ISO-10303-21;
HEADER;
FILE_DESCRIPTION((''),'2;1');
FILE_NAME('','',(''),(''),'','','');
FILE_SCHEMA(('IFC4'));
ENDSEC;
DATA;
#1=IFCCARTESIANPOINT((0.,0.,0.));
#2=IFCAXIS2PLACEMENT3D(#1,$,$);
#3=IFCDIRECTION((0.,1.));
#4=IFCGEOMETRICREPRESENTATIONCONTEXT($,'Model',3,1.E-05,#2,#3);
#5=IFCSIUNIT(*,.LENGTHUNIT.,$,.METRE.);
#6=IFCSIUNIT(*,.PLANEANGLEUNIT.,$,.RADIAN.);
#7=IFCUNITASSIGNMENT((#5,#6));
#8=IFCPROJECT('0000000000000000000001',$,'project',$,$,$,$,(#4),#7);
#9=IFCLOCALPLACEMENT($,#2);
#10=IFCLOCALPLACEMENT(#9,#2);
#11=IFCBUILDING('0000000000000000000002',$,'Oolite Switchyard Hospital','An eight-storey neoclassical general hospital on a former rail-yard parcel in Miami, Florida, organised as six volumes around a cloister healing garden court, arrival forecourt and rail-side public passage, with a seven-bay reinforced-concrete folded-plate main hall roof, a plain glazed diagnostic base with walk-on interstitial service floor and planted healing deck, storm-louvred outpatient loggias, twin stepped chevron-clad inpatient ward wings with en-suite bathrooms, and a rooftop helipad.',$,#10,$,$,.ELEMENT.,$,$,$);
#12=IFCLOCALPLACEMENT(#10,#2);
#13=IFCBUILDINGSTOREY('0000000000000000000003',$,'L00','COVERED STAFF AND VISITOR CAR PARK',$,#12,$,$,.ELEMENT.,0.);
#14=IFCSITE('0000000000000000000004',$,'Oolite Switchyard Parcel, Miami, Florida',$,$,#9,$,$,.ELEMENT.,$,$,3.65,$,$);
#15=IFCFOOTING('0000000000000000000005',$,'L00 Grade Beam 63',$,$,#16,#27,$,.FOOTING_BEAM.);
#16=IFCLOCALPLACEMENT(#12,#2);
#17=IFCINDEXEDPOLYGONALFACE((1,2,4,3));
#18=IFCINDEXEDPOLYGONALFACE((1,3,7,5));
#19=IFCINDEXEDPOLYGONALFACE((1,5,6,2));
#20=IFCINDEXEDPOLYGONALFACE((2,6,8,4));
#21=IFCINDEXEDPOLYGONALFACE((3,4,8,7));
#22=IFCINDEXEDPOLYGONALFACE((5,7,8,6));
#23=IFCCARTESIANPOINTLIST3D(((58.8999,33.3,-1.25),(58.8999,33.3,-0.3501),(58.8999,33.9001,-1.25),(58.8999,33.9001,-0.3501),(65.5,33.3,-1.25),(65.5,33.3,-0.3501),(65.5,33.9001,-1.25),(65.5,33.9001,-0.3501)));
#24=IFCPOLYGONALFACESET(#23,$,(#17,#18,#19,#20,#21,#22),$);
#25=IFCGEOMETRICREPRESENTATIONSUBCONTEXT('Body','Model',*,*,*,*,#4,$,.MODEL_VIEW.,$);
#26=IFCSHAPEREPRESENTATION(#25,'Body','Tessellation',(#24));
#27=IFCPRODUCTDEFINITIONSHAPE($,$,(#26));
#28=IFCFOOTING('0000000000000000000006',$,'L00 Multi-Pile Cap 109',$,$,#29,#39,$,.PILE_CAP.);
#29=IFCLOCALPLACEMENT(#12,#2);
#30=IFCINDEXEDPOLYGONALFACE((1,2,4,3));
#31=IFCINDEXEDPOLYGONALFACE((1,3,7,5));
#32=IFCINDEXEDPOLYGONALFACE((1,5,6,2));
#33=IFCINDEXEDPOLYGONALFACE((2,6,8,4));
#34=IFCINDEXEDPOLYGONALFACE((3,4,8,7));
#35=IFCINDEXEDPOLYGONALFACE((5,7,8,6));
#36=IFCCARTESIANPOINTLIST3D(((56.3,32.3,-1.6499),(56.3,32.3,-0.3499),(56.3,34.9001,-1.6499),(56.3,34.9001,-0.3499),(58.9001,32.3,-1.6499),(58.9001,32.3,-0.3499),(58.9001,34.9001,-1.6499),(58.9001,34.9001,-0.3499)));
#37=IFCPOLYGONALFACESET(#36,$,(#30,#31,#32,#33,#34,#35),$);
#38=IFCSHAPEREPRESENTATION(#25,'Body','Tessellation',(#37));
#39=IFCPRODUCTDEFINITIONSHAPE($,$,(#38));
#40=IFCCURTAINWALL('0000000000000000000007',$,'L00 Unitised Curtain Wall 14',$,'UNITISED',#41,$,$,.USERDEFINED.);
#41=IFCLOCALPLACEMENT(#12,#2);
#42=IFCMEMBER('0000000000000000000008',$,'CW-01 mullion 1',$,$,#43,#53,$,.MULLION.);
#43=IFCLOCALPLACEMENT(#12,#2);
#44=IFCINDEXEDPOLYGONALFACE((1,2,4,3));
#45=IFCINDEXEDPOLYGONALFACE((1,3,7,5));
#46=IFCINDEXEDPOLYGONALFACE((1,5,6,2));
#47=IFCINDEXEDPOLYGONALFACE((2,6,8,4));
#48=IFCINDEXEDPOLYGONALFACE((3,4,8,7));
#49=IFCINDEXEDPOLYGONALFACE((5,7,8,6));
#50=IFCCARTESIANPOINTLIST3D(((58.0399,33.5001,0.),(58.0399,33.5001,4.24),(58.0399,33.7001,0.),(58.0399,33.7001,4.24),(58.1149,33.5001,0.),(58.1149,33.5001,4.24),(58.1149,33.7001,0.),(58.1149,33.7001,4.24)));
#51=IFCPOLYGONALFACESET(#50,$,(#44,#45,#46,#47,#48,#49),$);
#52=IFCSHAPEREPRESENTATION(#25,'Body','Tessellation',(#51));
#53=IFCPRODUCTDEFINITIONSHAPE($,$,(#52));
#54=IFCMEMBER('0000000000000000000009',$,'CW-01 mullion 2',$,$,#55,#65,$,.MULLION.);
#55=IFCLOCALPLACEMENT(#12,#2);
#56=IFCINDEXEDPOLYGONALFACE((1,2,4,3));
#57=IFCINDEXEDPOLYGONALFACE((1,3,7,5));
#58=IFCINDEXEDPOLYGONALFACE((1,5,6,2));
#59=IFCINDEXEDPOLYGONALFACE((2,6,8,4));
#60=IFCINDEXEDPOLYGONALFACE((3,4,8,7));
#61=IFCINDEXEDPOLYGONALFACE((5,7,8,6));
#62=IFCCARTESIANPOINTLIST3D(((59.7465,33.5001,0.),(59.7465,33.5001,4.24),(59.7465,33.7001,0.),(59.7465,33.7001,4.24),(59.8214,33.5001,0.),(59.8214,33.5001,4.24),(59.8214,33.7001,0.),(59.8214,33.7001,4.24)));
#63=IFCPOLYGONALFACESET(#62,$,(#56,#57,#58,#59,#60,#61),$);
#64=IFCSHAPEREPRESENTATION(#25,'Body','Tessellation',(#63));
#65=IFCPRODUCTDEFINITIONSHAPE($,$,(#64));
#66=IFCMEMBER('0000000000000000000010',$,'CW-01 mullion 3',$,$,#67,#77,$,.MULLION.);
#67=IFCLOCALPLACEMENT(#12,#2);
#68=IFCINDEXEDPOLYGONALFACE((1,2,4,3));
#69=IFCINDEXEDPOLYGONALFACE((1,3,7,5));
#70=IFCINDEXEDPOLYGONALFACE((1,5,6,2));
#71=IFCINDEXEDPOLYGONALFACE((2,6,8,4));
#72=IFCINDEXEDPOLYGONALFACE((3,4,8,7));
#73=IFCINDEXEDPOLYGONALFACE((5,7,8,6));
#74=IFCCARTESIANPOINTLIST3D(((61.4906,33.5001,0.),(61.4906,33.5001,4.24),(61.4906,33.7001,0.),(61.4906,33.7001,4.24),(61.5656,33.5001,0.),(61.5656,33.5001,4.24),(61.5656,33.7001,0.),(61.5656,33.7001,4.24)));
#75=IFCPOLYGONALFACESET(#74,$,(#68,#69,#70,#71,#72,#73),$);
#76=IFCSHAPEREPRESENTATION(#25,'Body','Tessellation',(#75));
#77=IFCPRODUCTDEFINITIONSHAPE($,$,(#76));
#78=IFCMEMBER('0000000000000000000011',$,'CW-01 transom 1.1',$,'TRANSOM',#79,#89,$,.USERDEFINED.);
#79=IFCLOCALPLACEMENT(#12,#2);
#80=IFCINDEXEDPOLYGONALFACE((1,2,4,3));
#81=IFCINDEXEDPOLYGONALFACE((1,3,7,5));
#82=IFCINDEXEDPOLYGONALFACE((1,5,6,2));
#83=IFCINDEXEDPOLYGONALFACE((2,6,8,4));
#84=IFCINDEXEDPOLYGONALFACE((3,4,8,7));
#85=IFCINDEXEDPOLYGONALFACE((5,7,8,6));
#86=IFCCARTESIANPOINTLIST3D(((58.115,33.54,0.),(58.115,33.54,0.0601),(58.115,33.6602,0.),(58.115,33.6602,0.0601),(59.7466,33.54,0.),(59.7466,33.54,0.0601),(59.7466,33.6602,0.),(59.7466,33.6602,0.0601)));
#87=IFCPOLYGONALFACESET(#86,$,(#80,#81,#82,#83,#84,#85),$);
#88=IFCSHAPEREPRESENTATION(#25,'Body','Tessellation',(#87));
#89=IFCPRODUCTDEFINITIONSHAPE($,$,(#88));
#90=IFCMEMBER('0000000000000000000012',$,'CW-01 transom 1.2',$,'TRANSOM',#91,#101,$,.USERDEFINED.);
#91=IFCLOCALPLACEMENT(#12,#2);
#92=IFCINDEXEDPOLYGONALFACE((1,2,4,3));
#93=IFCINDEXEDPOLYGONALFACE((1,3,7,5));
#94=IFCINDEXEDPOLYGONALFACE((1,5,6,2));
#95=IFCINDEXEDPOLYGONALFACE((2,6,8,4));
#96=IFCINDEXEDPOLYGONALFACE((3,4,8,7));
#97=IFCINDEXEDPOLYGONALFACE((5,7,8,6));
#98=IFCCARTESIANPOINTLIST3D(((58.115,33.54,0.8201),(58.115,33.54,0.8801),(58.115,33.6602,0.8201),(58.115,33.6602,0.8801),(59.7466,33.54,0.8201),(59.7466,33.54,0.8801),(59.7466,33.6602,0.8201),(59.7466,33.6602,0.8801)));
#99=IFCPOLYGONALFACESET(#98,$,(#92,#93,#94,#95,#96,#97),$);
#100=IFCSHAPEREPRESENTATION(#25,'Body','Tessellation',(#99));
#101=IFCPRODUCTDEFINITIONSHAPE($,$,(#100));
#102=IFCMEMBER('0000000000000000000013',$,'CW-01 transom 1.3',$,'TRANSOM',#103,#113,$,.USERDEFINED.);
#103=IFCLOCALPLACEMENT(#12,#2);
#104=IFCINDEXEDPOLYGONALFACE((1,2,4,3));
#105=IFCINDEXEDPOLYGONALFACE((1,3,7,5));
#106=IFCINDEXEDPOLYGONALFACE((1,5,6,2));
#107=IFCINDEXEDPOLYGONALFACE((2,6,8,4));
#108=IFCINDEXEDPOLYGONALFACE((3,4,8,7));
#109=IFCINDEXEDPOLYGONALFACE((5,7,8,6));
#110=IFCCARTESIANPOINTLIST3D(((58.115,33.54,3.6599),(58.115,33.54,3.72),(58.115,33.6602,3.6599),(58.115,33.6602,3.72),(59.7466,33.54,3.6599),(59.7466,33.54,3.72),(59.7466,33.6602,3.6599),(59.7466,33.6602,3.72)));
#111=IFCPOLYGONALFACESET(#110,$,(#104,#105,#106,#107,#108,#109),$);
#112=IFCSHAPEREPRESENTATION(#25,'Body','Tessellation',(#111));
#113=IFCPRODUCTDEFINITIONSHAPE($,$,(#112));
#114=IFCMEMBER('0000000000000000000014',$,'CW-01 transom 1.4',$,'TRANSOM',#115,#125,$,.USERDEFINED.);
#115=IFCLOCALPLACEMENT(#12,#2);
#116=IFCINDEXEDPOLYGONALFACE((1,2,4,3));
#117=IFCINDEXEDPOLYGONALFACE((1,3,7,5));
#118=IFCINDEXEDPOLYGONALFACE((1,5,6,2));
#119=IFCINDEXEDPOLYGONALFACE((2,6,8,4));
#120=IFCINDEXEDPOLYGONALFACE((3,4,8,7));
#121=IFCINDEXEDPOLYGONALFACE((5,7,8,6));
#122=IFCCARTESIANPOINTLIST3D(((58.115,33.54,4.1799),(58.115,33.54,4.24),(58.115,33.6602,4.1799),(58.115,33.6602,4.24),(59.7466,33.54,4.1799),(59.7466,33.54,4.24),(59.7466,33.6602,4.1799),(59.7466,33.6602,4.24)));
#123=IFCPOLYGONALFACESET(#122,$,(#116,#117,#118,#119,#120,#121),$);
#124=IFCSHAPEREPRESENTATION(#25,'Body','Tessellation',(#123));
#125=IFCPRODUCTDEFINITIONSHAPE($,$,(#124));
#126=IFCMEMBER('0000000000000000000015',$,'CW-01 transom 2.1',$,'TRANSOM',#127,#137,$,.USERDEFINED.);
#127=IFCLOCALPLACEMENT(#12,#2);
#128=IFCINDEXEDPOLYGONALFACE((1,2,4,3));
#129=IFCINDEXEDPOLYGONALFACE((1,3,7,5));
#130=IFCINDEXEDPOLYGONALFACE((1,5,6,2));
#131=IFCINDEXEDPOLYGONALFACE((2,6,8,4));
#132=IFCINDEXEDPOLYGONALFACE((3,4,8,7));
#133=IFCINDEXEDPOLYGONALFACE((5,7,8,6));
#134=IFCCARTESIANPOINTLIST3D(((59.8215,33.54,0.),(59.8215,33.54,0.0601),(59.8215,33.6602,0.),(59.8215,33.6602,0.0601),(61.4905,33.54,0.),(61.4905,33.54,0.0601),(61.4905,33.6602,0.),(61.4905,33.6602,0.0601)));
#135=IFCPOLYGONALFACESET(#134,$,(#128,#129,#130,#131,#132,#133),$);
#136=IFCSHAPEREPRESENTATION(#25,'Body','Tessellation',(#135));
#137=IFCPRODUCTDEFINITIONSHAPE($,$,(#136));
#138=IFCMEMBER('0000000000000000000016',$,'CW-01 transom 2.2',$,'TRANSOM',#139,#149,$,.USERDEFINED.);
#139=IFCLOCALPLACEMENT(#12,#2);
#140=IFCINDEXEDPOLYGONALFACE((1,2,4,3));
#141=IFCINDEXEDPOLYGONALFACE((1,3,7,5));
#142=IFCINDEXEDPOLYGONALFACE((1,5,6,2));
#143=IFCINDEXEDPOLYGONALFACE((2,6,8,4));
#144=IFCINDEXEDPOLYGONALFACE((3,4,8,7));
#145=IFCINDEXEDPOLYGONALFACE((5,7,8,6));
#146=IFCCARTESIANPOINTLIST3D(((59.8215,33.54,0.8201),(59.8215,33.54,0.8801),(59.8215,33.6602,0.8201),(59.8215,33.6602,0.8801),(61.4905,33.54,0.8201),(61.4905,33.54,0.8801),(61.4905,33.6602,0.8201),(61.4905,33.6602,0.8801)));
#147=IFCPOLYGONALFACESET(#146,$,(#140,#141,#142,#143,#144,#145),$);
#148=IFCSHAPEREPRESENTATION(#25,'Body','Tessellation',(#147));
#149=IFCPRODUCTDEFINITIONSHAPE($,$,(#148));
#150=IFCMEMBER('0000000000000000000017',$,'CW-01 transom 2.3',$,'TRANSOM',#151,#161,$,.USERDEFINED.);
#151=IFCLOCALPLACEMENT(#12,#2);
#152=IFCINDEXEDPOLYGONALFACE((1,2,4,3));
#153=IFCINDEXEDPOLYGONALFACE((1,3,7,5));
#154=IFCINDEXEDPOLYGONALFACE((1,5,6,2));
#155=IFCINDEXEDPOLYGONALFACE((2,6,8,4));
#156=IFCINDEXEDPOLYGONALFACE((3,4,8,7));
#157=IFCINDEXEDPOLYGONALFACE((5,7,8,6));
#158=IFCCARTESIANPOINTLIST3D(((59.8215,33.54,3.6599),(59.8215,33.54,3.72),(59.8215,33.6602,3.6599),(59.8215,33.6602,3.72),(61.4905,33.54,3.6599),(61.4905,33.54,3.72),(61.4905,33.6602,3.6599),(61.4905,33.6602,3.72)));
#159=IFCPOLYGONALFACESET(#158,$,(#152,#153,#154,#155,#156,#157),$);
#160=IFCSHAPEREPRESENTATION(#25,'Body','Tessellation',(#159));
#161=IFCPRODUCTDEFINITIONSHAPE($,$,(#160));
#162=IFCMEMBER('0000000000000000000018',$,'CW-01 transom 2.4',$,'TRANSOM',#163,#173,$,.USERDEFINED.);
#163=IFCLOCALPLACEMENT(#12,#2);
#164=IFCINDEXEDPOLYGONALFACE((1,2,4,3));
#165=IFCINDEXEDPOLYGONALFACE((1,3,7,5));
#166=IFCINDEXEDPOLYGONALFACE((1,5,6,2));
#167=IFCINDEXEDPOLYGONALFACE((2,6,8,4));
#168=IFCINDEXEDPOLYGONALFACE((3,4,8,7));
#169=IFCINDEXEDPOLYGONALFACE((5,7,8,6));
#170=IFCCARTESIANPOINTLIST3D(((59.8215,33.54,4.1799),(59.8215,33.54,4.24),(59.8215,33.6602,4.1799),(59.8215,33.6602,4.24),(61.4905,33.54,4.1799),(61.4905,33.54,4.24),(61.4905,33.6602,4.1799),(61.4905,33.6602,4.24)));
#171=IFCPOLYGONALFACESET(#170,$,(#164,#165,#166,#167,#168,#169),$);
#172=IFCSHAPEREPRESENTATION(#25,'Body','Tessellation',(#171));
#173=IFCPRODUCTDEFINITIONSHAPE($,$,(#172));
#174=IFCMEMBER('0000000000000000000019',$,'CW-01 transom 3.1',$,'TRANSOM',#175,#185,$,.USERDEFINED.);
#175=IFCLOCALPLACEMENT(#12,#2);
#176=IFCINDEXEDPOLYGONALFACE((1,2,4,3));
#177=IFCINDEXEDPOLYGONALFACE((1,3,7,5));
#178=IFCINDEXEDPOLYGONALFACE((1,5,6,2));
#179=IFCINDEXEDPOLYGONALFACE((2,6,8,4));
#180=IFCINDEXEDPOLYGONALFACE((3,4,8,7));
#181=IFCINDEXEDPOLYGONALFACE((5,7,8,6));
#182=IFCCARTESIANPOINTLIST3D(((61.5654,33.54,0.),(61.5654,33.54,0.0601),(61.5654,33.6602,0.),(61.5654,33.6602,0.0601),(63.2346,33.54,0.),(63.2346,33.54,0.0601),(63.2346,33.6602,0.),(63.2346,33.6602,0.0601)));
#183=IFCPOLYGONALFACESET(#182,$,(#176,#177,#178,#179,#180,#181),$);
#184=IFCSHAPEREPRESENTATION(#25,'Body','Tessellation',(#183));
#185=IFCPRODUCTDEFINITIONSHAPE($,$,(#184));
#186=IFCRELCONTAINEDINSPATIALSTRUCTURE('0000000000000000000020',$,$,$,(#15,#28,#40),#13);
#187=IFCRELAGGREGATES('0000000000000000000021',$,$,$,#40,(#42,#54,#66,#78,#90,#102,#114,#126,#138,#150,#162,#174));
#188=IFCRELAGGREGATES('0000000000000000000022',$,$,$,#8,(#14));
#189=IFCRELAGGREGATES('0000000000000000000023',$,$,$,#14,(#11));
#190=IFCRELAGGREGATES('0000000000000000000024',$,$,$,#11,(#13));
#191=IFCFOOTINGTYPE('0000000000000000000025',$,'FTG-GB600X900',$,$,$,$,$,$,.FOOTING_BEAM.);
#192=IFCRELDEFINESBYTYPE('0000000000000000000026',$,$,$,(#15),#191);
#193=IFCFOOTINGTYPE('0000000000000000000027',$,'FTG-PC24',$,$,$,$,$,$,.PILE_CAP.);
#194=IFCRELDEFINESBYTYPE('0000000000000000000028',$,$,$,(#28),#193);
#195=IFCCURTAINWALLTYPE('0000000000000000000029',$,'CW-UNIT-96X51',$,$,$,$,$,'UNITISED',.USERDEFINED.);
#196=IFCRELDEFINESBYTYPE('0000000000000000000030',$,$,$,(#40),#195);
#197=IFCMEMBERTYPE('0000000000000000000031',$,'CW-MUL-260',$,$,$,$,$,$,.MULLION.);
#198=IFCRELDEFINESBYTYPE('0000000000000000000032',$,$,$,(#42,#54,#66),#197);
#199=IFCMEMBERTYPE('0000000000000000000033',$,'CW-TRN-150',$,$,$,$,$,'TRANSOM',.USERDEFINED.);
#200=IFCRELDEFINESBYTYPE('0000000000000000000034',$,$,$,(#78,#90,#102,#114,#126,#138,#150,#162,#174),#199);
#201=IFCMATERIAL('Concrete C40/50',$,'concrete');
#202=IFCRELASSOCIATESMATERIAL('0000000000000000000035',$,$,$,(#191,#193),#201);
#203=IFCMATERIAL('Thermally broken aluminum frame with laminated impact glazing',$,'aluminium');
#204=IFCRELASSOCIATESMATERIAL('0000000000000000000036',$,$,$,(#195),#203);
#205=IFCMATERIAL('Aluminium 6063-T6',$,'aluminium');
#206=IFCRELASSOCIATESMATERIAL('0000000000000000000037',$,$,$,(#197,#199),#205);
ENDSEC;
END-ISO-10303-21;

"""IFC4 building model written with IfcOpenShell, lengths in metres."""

from ifc_helpers import new_model, si_unit, direction, frame, origin, origin_2d, place, context, subcontext, project, spatial, rectangle, extrude, material, material_profile, profile_set, type_object, element, aggregate, save


model = new_model("IFC4")

# Units and contexts
model_context = context("Model", 3, precision=1e-05, world=origin(), true_north=direction((0.0, 1.0)))
body_context = subcontext(model_context, "Body", "Model", "MODEL_VIEW")
ifc_project = project(units=[si_unit("LENGTHUNIT", "METRE"), si_unit("PLANEANGLEUNIT", "RADIAN")], contexts=[model_context])

# Site, building, storey
site_placement = place(None, origin())
site = spatial("IfcSite", under=ifc_project, at=site_placement, Name="Oolite Switchyard Parcel, Miami, Florida", CompositionType="ELEMENT", RefElevation=3.65)
building_placement = place(site_placement, origin())
building = spatial("IfcBuilding", under=site, at=building_placement, Name="Oolite Switchyard Hospital", Description="An eight-storey neoclassical general hospital on a former rail-yard parcel in Miami, Florida, organised as six volumes around a cloister healing garden court, arrival forecourt and rail-side public passage, with a seven-bay reinforced-concrete folded-plate main hall roof, a plain glazed diagnostic base with walk-on interstitial service floor and planted healing deck, storm-louvred outpatient loggias, twin stepped chevron-clad inpatient ward wings with en-suite bathrooms, and a rooftop helipad.", CompositionType="ELEMENT")
storey_placement = place(building_placement, origin())
storey = spatial("IfcBuildingStorey", under=building, at=storey_placement, Name="L00", Description="COVERED STAFF AND VISITOR CAR PARK", CompositionType="ELEMENT", Elevation=0.0)

# Footings
ifc_material_1 = material(Name="Concrete C40/50", Category="concrete")
footing_type_1 = type_object("IfcFootingType", Name="FTG-GB600X900", PredefinedType="FOOTING_BEAM", material=ifc_material_1)
footing_1_placement = place(storey_placement, frame((62.2, 33.6001, -1.25), z_axis=(0.0, 0.0, 1.0), x_axis=(1.0, 0.0, 0.0)))
element("IfcFooting", 1, at=footing_1_placement, inside=storey, type_object=footing_type_1, Name="L00 Grade Beam 63", PredefinedType="FOOTING_BEAM", context=body_context, shape_type="SweptSolid", body=[
    extrude(rectangle(XDim=6.6001, YDim=0.6001, at=origin_2d()), origin(), (0.0, 0.0, 1.0), 0.8999),
])
footing_type_2 = type_object("IfcFootingType", Name="FTG-PC24", PredefinedType="PILE_CAP", material=ifc_material_1)
footing_2_placement = place(storey_placement, frame((57.6001, 33.6001, -1.6499), z_axis=(0.0, 0.0, 1.0), x_axis=(1.0, 0.0, 0.0)))
element("IfcFooting", 2, at=footing_2_placement, inside=storey, type_object=footing_type_2, Name="L00 Multi-Pile Cap 109", PredefinedType="PILE_CAP", context=body_context, shape_type="SweptSolid", body=[
    extrude(rectangle(XDim=2.6001, YDim=2.6001, at=origin_2d()), origin(), (0.0, 0.0, 1.0), 1.3),
])

# Curtain wall, members
ifc_material_2 = material(Name="Thermally broken aluminum frame with laminated impact glazing", Category="aluminium")
curtain_wall_type = type_object("IfcCurtainWallType", Name="CW-UNIT-96X51", ElementType="UNITISED", PredefinedType="USERDEFINED", material=ifc_material_2)
curtain_wall_placement = place(storey_placement, origin())
curtain_wall = element("IfcCurtainWall", 3, at=curtain_wall_placement, inside=storey, type_object=curtain_wall_type, Name="L00 Unitised Curtain Wall 14", ObjectType="UNITISED", PredefinedType="USERDEFINED")
ifc_material_3 = material(Name="Aluminium 6063-T6", Category="aluminium")
ifc_material_profile_1 = material_profile(ifc_material_3, rectangle(XDim=0.2, YDim=0.075, at=origin_2d()), Name="CWM75X200")
ifc_profile_set_1 = profile_set([ifc_material_profile_1], Name="Aluminium 6063-T6")
member_type_1 = type_object("IfcMemberType", Name="CW-MUL-260", PredefinedType="MULLION", material=ifc_profile_set_1)
member_1_placement = place(storey_placement, frame((58.0774, 33.6001, 0.0), z_axis=(0.0, 0.0, 1.0), x_axis=(0.0, 1.0, 0.0)))
member_1 = element("IfcMember", 4, at=member_1_placement, type_object=member_type_1, Name="CW-01 mullion 1", PredefinedType="MULLION", context=body_context, shape_type="SweptSolid", body=[
    extrude(rectangle(XDim=0.2, YDim=0.075, at=origin_2d()), origin(), (0.0, 0.0, 1.0), 4.24),
])
member_2_placement = place(storey_placement, frame((59.7839, 33.6001, 0.0), z_axis=(0.0, 0.0, 1.0), x_axis=(0.0, 1.0, 0.0)))
member_2 = element("IfcMember", 5, at=member_2_placement, type_object=member_type_1, Name="CW-01 mullion 2", PredefinedType="MULLION", context=body_context, shape_type="SweptSolid", body=[
    extrude(rectangle(XDim=0.2, YDim=0.075, at=origin_2d()), origin(), (0.0, 0.0, 1.0), 4.24),
])
member_3_placement = place(storey_placement, frame((61.5281, 33.6001, 0.0), z_axis=(0.0, 0.0, 1.0), x_axis=(0.0, 1.0, 0.0)))
member_3 = element("IfcMember", 6, at=member_3_placement, type_object=member_type_1, Name="CW-01 mullion 3", PredefinedType="MULLION", context=body_context, shape_type="SweptSolid", body=[
    extrude(rectangle(XDim=0.2, YDim=0.075, at=origin_2d()), origin(), (0.0, 0.0, 1.0), 4.24),
])
ifc_material_profile_2 = material_profile(ifc_material_3, rectangle(XDim=0.1201, YDim=0.0601, at=origin_2d()), Name="CWT60X120")
ifc_profile_set_2 = profile_set([ifc_material_profile_2], Name="Aluminium 6063-T6")
member_type_2 = type_object("IfcMemberType", Name="CW-TRN-150", ElementType="TRANSOM", PredefinedType="USERDEFINED", material=ifc_profile_set_2)
member_4_placement = place(storey_placement, frame((58.115, 33.6001, 0.03), z_axis=(1.0, 0.0, 0.0), x_axis=(0.0, 1.0, 0.0)))
member_4 = element("IfcMember", 7, at=member_4_placement, type_object=member_type_2, Name="CW-01 transom 1.1", ObjectType="TRANSOM", PredefinedType="USERDEFINED", context=body_context, shape_type="SweptSolid", body=[
    extrude(rectangle(XDim=0.1201, YDim=0.0601, at=origin_2d()), origin(), (0.0, 0.0, 1.0), 1.6316),
])
member_5_placement = place(storey_placement, frame((58.115, 33.6001, 0.8501), z_axis=(1.0, 0.0, 0.0), x_axis=(0.0, 1.0, 0.0)))
member_5 = element("IfcMember", 8, at=member_5_placement, type_object=member_type_2, Name="CW-01 transom 1.2", ObjectType="TRANSOM", PredefinedType="USERDEFINED", context=body_context, shape_type="SweptSolid", body=[
    extrude(rectangle(XDim=0.1201, YDim=0.0601, at=origin_2d()), origin(), (0.0, 0.0, 1.0), 1.6316),
])
member_6_placement = place(storey_placement, frame((58.115, 33.6001, 3.6899), z_axis=(1.0, 0.0, 0.0), x_axis=(0.0, 1.0, 0.0)))
member_6 = element("IfcMember", 9, at=member_6_placement, type_object=member_type_2, Name="CW-01 transom 1.3", ObjectType="TRANSOM", PredefinedType="USERDEFINED", context=body_context, shape_type="SweptSolid", body=[
    extrude(rectangle(XDim=0.1201, YDim=0.0601, at=origin_2d()), origin(), (0.0, 0.0, 1.0), 1.6316),
])
member_7_placement = place(storey_placement, frame((58.115, 33.6001, 4.21), z_axis=(1.0, 0.0, 0.0), x_axis=(0.0, 1.0, 0.0)))
member_7 = element("IfcMember", 10, at=member_7_placement, type_object=member_type_2, Name="CW-01 transom 1.4", ObjectType="TRANSOM", PredefinedType="USERDEFINED", context=body_context, shape_type="SweptSolid", body=[
    extrude(rectangle(XDim=0.1201, YDim=0.0601, at=origin_2d()), origin(), (0.0, 0.0, 1.0), 1.6316),
])
member_8_placement = place(storey_placement, frame((59.8215, 33.6001, 0.03), z_axis=(1.0, 0.0, 0.0), x_axis=(0.0, 1.0, 0.0)))
member_8 = element("IfcMember", 11, at=member_8_placement, type_object=member_type_2, Name="CW-01 transom 2.1", ObjectType="TRANSOM", PredefinedType="USERDEFINED", context=body_context, shape_type="SweptSolid", body=[
    extrude(rectangle(XDim=0.1201, YDim=0.0601, at=origin_2d()), origin(), (0.0, 0.0, 1.0), 1.6689),
])
member_9_placement = place(storey_placement, frame((59.8215, 33.6001, 0.8501), z_axis=(1.0, 0.0, 0.0), x_axis=(0.0, 1.0, 0.0)))
member_9 = element("IfcMember", 12, at=member_9_placement, type_object=member_type_2, Name="CW-01 transom 2.2", ObjectType="TRANSOM", PredefinedType="USERDEFINED", context=body_context, shape_type="SweptSolid", body=[
    extrude(rectangle(XDim=0.1201, YDim=0.0601, at=origin_2d()), origin(), (0.0, 0.0, 1.0), 1.6689),
])
member_10_placement = place(storey_placement, frame((59.8215, 33.6001, 3.6899), z_axis=(1.0, 0.0, 0.0), x_axis=(0.0, 1.0, 0.0)))
member_10 = element("IfcMember", 13, at=member_10_placement, type_object=member_type_2, Name="CW-01 transom 2.3", ObjectType="TRANSOM", PredefinedType="USERDEFINED", context=body_context, shape_type="SweptSolid", body=[
    extrude(rectangle(XDim=0.1201, YDim=0.0601, at=origin_2d()), origin(), (0.0, 0.0, 1.0), 1.6689),
])
member_11_placement = place(storey_placement, frame((59.8215, 33.6001, 4.21), z_axis=(1.0, 0.0, 0.0), x_axis=(0.0, 1.0, 0.0)))
member_11 = element("IfcMember", 14, at=member_11_placement, type_object=member_type_2, Name="CW-01 transom 2.4", ObjectType="TRANSOM", PredefinedType="USERDEFINED", context=body_context, shape_type="SweptSolid", body=[
    extrude(rectangle(XDim=0.1201, YDim=0.0601, at=origin_2d()), origin(), (0.0, 0.0, 1.0), 1.6689),
])
member_12_placement = place(storey_placement, frame((61.5654, 33.6001, 0.03), z_axis=(1.0, 0.0, 0.0), x_axis=(0.0, 1.0, 0.0)))
member_12 = element("IfcMember", 15, at=member_12_placement, type_object=member_type_2, Name="CW-01 transom 3.1", ObjectType="TRANSOM", PredefinedType="USERDEFINED", context=body_context, shape_type="SweptSolid", body=[
    extrude(rectangle(XDim=0.1201, YDim=0.0601, at=origin_2d()), origin(), (0.0, 0.0, 1.0), 1.6692),
])
aggregate(curtain_wall, [member_1, member_2, member_3, member_4, member_5, member_6, member_7, member_8, member_9, member_10, member_11, member_12])

save(model, "model.ifc")
